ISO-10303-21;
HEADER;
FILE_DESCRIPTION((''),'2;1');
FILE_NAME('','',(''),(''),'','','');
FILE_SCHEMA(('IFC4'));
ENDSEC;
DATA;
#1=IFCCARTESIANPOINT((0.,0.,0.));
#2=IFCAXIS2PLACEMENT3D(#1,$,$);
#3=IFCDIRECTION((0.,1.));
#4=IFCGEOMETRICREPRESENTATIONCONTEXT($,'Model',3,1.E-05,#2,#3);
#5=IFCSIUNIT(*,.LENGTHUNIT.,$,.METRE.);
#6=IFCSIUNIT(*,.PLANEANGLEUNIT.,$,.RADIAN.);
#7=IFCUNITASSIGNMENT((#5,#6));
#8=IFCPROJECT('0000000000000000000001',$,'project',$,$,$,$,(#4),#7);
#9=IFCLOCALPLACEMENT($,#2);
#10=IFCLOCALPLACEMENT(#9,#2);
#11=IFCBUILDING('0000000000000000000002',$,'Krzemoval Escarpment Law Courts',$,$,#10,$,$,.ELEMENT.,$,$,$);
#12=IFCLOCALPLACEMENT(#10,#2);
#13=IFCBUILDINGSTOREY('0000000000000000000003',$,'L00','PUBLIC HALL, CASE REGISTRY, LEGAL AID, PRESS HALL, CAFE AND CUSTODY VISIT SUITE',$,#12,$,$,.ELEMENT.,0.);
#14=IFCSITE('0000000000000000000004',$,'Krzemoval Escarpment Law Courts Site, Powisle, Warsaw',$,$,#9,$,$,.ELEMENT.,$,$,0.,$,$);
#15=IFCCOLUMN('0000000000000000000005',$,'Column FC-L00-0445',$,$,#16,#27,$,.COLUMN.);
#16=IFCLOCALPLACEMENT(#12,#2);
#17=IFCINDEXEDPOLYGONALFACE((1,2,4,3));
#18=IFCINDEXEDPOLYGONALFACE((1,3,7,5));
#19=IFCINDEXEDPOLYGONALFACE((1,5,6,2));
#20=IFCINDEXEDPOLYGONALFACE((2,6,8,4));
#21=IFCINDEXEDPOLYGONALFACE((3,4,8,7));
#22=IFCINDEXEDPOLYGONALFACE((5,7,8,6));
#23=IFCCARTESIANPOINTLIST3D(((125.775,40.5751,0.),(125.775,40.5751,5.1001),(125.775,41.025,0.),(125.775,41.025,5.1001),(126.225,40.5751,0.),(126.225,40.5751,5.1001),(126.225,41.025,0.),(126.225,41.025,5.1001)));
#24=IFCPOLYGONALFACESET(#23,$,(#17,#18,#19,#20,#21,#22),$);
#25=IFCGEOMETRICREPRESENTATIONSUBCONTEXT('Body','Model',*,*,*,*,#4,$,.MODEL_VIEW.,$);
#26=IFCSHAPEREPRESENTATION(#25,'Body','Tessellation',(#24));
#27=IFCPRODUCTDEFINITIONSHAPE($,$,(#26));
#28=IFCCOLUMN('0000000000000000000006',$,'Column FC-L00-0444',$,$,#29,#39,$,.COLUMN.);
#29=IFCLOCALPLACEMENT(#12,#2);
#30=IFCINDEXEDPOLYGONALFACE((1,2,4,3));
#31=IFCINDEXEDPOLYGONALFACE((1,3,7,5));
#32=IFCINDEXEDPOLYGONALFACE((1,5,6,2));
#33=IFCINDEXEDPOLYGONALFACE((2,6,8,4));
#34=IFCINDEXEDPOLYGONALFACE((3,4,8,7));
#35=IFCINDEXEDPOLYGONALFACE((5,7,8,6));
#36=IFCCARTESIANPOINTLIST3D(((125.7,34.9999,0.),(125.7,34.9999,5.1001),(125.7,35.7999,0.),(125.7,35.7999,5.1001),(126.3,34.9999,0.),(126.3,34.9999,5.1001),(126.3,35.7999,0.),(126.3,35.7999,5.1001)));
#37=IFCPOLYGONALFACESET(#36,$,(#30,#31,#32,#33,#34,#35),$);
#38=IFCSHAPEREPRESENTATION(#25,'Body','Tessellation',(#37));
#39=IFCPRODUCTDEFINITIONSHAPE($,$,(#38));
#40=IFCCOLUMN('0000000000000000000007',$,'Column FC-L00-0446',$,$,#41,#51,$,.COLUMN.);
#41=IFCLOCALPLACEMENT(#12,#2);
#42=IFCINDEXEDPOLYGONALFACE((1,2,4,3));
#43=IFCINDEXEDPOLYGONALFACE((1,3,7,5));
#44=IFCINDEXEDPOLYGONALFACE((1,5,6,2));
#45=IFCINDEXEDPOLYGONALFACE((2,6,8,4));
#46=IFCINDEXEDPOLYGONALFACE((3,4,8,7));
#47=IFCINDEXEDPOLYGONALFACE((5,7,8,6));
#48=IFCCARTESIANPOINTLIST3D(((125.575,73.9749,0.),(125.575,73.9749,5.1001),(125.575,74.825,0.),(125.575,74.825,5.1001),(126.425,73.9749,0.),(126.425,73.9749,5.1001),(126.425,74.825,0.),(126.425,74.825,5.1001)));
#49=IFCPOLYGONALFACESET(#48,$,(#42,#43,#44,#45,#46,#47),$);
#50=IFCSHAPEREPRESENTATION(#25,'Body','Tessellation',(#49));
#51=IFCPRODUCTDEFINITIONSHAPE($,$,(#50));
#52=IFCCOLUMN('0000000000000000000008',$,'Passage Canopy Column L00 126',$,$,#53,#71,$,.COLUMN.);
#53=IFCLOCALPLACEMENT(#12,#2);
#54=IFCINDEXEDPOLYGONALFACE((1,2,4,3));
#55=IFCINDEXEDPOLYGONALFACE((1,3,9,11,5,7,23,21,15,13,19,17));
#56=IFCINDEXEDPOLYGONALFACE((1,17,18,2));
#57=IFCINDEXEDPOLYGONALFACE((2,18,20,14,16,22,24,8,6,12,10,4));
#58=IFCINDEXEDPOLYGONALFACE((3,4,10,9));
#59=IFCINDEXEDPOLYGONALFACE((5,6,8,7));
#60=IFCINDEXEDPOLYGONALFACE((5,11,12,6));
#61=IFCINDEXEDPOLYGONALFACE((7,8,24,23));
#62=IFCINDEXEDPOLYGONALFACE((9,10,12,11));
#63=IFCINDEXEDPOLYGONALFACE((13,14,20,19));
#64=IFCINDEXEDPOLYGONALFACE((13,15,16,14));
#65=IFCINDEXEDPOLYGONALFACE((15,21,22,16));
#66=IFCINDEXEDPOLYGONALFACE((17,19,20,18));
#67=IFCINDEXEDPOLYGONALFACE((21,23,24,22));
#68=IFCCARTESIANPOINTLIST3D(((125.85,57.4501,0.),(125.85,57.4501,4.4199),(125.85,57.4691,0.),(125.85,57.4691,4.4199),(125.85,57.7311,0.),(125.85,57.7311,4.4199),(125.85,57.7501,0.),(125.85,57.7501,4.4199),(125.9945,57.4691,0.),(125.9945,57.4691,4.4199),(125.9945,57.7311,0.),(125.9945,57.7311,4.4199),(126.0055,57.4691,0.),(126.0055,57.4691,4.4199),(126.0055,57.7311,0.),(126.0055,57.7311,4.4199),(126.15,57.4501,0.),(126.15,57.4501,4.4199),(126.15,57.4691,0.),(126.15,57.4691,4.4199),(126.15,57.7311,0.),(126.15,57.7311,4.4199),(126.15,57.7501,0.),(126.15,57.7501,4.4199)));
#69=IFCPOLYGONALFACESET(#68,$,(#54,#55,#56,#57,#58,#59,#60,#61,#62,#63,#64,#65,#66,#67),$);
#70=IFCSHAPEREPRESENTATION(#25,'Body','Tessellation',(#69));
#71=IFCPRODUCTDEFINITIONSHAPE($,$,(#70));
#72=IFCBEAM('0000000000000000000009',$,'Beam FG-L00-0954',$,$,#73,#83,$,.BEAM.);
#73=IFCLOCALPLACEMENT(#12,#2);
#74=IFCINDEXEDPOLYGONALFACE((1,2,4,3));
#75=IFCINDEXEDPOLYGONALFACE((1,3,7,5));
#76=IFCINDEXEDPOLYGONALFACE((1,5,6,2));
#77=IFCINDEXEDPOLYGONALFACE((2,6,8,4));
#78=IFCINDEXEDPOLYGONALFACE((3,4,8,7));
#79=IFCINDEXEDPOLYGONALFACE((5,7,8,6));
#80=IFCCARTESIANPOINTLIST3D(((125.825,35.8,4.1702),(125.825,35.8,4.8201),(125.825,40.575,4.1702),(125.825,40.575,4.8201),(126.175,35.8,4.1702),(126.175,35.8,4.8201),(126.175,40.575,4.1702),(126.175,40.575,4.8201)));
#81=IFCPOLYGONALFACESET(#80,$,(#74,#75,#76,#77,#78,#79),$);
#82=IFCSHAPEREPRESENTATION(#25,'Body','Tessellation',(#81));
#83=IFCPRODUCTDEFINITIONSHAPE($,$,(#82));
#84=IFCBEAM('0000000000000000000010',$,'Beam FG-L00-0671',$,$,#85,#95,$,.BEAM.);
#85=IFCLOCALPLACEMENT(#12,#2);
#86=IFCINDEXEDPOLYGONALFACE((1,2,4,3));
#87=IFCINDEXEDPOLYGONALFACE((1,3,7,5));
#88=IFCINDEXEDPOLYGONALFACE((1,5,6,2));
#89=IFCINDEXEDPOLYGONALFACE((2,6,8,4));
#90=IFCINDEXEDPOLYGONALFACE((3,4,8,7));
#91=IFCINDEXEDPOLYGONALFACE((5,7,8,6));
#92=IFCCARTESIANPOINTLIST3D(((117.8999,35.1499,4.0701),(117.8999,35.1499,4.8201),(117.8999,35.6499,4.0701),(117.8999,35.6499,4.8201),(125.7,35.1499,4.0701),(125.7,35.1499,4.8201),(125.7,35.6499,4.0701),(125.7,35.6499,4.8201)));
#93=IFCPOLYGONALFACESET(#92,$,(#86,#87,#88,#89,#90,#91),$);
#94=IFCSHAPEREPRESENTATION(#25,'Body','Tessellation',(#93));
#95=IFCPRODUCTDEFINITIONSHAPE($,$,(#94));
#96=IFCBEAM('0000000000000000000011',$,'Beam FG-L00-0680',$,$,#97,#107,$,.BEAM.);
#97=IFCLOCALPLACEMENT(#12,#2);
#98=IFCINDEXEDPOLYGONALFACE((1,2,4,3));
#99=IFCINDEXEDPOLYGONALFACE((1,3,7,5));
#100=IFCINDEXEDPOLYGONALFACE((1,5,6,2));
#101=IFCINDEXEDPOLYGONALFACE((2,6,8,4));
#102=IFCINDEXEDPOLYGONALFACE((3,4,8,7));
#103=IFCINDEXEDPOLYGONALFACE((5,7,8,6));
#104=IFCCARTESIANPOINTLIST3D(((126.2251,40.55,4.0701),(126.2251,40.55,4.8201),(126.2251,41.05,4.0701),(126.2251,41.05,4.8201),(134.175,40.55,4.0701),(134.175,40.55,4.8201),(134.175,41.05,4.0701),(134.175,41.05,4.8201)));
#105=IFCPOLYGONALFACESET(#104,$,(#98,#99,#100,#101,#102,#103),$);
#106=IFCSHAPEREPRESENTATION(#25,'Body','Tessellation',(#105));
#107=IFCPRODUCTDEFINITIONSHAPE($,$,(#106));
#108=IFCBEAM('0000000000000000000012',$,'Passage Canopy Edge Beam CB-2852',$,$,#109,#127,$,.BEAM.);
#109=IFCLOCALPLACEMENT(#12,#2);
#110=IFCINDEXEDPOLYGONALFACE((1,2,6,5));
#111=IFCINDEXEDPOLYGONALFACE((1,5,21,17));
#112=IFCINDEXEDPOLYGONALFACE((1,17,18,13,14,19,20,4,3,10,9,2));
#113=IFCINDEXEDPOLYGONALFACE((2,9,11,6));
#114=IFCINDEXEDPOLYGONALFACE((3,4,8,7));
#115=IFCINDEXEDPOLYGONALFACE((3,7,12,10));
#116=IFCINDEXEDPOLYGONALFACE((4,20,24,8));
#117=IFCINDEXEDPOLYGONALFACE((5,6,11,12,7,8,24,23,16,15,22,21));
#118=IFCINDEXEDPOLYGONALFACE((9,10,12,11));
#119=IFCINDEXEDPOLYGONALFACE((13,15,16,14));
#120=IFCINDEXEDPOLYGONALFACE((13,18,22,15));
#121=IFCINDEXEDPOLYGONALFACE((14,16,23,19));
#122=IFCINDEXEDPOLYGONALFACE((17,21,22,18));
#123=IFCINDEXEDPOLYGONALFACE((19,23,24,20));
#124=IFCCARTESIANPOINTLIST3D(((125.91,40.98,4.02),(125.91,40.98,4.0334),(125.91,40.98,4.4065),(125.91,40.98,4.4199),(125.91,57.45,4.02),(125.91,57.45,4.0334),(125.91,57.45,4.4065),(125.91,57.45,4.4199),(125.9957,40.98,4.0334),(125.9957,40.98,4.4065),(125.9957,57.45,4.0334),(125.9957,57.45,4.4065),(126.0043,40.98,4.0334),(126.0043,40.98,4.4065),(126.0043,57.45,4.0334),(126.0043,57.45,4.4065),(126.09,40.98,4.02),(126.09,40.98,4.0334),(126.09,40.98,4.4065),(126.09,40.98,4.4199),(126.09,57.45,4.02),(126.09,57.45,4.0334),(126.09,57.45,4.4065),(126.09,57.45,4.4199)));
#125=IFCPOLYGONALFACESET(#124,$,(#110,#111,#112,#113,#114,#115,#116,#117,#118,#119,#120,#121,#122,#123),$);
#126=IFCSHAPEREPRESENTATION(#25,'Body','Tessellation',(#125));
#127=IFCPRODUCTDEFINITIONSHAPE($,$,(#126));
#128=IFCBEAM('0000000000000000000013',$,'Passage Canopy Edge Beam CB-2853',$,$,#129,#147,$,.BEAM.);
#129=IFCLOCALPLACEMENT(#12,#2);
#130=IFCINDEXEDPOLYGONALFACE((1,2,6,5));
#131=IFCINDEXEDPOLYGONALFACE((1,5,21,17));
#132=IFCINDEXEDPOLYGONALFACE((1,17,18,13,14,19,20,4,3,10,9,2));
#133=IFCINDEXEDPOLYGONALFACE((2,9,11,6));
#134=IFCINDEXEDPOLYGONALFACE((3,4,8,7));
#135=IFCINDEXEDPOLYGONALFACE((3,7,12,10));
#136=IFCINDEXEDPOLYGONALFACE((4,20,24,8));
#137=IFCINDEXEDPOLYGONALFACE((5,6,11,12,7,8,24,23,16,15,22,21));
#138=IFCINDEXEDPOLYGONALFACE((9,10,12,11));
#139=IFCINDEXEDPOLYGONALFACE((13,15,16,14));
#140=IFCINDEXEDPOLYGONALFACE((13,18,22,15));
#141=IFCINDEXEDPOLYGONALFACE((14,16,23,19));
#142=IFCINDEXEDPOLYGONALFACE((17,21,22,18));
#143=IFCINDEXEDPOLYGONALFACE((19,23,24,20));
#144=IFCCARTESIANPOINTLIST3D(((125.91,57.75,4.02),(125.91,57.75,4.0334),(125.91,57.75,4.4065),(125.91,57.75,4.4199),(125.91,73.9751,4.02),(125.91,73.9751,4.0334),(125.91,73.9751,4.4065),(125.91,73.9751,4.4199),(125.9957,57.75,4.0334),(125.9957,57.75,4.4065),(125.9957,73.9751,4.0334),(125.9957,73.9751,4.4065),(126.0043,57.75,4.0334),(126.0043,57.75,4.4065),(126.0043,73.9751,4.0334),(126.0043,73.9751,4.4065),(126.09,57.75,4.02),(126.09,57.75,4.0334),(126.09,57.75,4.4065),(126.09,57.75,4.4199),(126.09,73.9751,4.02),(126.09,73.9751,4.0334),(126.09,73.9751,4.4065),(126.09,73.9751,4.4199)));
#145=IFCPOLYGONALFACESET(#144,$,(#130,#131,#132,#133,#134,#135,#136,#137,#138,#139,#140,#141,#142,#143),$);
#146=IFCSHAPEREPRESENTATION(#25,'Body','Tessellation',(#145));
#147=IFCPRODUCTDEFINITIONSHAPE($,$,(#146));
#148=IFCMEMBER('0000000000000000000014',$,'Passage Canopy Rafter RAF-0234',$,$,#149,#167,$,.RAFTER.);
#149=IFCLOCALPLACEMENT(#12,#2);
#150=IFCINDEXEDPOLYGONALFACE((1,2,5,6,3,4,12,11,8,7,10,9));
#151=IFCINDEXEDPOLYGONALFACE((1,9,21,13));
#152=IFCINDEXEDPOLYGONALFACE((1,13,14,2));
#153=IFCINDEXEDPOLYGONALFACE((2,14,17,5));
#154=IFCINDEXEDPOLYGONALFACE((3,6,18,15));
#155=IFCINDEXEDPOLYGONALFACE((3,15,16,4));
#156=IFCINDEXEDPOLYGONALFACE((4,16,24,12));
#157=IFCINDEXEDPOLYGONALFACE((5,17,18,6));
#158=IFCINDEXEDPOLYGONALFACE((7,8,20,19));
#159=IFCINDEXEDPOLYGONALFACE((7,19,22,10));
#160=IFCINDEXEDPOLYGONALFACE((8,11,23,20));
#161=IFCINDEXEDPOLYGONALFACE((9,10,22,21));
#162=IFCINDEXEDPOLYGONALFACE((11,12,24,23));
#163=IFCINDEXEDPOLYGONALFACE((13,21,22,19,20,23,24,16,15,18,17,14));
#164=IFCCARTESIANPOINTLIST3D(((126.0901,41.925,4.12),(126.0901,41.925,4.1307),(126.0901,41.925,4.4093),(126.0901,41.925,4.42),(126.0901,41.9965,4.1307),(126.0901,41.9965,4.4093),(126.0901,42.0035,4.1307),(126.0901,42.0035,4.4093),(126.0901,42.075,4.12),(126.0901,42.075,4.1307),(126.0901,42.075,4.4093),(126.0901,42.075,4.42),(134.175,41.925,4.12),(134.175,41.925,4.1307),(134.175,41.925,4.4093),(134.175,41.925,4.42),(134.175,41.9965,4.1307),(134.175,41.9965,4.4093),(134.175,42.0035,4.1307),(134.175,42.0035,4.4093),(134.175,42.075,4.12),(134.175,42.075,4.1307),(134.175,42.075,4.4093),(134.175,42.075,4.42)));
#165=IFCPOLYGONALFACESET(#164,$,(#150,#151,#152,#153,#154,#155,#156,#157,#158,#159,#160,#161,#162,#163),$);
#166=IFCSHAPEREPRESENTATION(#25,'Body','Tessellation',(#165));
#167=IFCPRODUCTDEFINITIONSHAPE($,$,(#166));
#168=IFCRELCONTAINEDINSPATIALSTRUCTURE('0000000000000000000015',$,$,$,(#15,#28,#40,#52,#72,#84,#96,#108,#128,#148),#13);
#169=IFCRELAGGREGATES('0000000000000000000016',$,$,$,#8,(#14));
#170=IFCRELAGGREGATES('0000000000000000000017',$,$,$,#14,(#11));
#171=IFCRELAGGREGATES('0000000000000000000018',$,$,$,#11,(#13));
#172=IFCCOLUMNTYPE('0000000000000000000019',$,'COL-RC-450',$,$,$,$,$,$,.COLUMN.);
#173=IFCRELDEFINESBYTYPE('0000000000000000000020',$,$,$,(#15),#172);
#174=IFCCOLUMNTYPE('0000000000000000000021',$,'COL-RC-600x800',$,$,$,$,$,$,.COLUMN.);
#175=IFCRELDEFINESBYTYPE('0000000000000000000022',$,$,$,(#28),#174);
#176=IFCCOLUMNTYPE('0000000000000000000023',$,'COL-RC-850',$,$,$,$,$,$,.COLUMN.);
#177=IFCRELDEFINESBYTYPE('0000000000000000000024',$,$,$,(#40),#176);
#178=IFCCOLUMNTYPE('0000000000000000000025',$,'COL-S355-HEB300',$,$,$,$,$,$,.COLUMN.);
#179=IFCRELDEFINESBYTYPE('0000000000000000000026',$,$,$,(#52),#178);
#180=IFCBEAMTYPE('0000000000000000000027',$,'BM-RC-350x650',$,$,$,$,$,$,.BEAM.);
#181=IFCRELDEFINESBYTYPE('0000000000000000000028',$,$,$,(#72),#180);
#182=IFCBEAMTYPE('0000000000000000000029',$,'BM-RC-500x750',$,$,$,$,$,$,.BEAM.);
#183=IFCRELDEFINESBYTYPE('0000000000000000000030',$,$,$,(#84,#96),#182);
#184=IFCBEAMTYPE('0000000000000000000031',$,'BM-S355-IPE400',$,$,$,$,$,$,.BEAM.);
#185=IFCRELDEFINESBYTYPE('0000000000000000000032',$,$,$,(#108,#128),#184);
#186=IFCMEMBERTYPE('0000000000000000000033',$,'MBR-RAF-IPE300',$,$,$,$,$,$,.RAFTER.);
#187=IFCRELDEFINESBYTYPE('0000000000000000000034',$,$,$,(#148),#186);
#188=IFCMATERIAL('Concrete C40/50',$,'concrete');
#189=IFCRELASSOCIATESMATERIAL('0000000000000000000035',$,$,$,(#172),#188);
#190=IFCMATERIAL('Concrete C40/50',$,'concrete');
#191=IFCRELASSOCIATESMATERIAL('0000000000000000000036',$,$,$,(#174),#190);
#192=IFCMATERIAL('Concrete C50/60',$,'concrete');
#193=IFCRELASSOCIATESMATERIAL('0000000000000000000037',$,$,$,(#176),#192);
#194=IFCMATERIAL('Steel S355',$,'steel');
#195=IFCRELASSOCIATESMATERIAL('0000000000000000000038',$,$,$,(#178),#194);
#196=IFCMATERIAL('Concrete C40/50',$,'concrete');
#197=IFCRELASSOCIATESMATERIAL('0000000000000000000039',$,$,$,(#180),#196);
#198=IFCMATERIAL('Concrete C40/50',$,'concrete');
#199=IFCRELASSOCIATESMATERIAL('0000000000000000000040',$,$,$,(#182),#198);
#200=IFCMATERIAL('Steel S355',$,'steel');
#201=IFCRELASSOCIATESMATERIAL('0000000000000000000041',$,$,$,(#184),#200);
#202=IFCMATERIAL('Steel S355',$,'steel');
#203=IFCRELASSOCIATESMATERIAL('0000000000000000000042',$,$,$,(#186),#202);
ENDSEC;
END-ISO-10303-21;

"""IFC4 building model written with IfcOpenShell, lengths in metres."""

from ifc_helpers import new_model, si_unit, direction, frame, origin, origin_2d, place, context, subcontext, project, spatial, rectangle, i_section, extrude, material, material_profile, profile_set, type_object, element, save


model = new_model("IFC4")

# Units and contexts
model_context = context("Model", 3, precision=1e-05, world=origin(), true_north=direction((0.0, 1.0)))
body_context = subcontext(model_context, "Body", "Model", "MODEL_VIEW")
ifc_project = project(units=[si_unit("LENGTHUNIT", "METRE"), si_unit("PLANEANGLEUNIT", "RADIAN")], contexts=[model_context])

# Site, building, storey
site_placement = place(None, origin())
site = spatial("IfcSite", under=ifc_project, at=site_placement, Name="Krzemoval Escarpment Law Courts Site, Powisle, Warsaw", CompositionType="ELEMENT", RefElevation=0.0)
building_placement = place(site_placement, origin())
building = spatial("IfcBuilding", under=site, at=building_placement, Name="Krzemoval Escarpment Law Courts", CompositionType="ELEMENT")
storey_placement = place(building_placement, origin())
storey = spatial("IfcBuildingStorey", under=building, at=storey_placement, Name="L00", Description="PUBLIC HALL, CASE REGISTRY, LEGAL AID, PRESS HALL, CAFE AND CUSTODY VISIT SUITE", CompositionType="ELEMENT", Elevation=0.0)

# Columns
ifc_material_1 = material(Name="Concrete C40/50", Category="concrete")
ifc_material_profile_1 = material_profile(ifc_material_1, rectangle(XDim=0.45, YDim=0.45, at=origin_2d()), Name="RC 450x450")
ifc_profile_set_1 = profile_set([ifc_material_profile_1], Name="Concrete C40/50")
column_type_1 = type_object("IfcColumnType", Name="COL-RC-450", PredefinedType="COLUMN", material=ifc_profile_set_1)
column_1_placement = place(storey_placement, frame((126.0, 40.8, 0.0), z_axis=(0.0, 0.0, 1.0), x_axis=(1.0, 0.0, 0.0)))
element("IfcColumn", 1, at=column_1_placement, inside=storey, type_object=column_type_1, Name="Column FC-L00-0445", PredefinedType="COLUMN", context=body_context, shape_type="SweptSolid", body=[
    extrude(rectangle(XDim=0.45, YDim=0.45, at=origin_2d()), origin(), (0.0, 0.0, 1.0), 5.1001),
])
ifc_material_2 = material(Name="Concrete C40/50", Category="concrete")
ifc_material_profile_2 = material_profile(ifc_material_2, rectangle(XDim=0.6001, YDim=0.8, at=origin_2d()), Name="RC 600x800")
ifc_profile_set_2 = profile_set([ifc_material_profile_2], Name="Concrete C40/50")
column_type_2 = type_object("IfcColumnType", Name="COL-RC-600x800", PredefinedType="COLUMN", material=ifc_profile_set_2)
column_2_placement = place(storey_placement, frame((126.0, 35.3999, 0.0), z_axis=(0.0, 0.0, 1.0), x_axis=(1.0, 0.0, 0.0)))
element("IfcColumn", 2, at=column_2_placement, inside=storey, type_object=column_type_2, Name="Column FC-L00-0444", PredefinedType="COLUMN", context=body_context, shape_type="SweptSolid", body=[
    extrude(rectangle(XDim=0.6001, YDim=0.8, at=origin_2d()), origin(), (0.0, 0.0, 1.0), 5.1001),
])
ifc_material_3 = material(Name="Concrete C50/60", Category="concrete")
ifc_material_profile_3 = material_profile(ifc_material_3, rectangle(XDim=0.8501, YDim=0.8501, at=origin_2d()), Name="RC 850x850")
ifc_profile_set_3 = profile_set([ifc_material_profile_3], Name="Concrete C50/60")
column_type_3 = type_object("IfcColumnType", Name="COL-RC-850", PredefinedType="COLUMN", material=ifc_profile_set_3)
column_3_placement = place(storey_placement, frame((126.0, 74.3999, 0.0), z_axis=(0.0, 0.0, 1.0), x_axis=(1.0, 0.0, 0.0)))
element("IfcColumn", 3, at=column_3_placement, inside=storey, type_object=column_type_3, Name="Column FC-L00-0446", PredefinedType="COLUMN", context=body_context, shape_type="SweptSolid", body=[
    extrude(rectangle(XDim=0.8501, YDim=0.8501, at=origin_2d()), origin(), (0.0, 0.0, 1.0), 5.1001),
])
ifc_material_4 = material(Name="Steel S355", Category="steel")
ifc_material_profile_4 = material_profile(ifc_material_4, i_section(OverallWidth=0.3, OverallDepth=0.3, WebThickness=0.011, FlangeThickness=0.019, at=origin_2d()), Name="HEB 300")
ifc_profile_set_4 = profile_set([ifc_material_profile_4], Name="Steel S355")
column_type_4 = type_object("IfcColumnType", Name="COL-S355-HEB300", PredefinedType="COLUMN", material=ifc_profile_set_4)
column_4_placement = place(storey_placement, frame((126.0, 57.6001, 0.0), z_axis=(0.0, 0.0, 1.0), x_axis=(1.0, 0.0, 0.0)))
element("IfcColumn", 4, at=column_4_placement, inside=storey, type_object=column_type_4, Name="Passage Canopy Column L00 126", PredefinedType="COLUMN", context=body_context, shape_type="SweptSolid", body=[
    extrude(i_section(OverallWidth=0.3, OverallDepth=0.3, WebThickness=0.011, FlangeThickness=0.019, at=origin_2d()), origin(), (0.0, 0.0, 1.0), 4.4199),
])

# Beams
ifc_material_5 = material(Name="Concrete C40/50", Category="concrete")
ifc_material_profile_5 = material_profile(ifc_material_5, rectangle(XDim=0.3501, YDim=0.6499, at=origin_2d()), Name="RCB 350x650")
ifc_profile_set_5 = profile_set([ifc_material_profile_5], Name="Concrete C40/50")
beam_type_1 = type_object("IfcBeamType", Name="BM-RC-350x650", PredefinedType="BEAM", material=ifc_profile_set_5)
beam_1_placement = place(storey_placement, frame((126.0, 35.8, 4.4951), z_axis=(0.0, 1.0, 0.0), x_axis=(-1.0, 0.0, 0.0)))
element("IfcBeam", 5, at=beam_1_placement, inside=storey, type_object=beam_type_1, Name="Beam FG-L00-0954", PredefinedType="BEAM", context=body_context, shape_type="SweptSolid", body=[
    extrude(rectangle(XDim=0.3501, YDim=0.6499, at=origin_2d()), origin(), (0.0, 0.0, 1.0), 4.7749),
])
ifc_material_6 = material(Name="Concrete C40/50", Category="concrete")
ifc_material_profile_6 = material_profile(ifc_material_6, rectangle(XDim=0.5, YDim=0.75, at=origin_2d()), Name="RCB 500x750")
ifc_profile_set_6 = profile_set([ifc_material_profile_6], Name="Concrete C40/50")
beam_type_2 = type_object("IfcBeamType", Name="BM-RC-500x750", PredefinedType="BEAM", material=ifc_profile_set_6)
beam_2_placement = place(storey_placement, frame((117.8999, 35.3999, 4.4451), z_axis=(1.0, 0.0, 0.0), x_axis=(0.0, 1.0, 0.0)))
element("IfcBeam", 6, at=beam_2_placement, inside=storey, type_object=beam_type_2, Name="Beam FG-L00-0671", PredefinedType="BEAM", context=body_context, shape_type="SweptSolid", body=[
    extrude(rectangle(XDim=0.5, YDim=0.75, at=origin_2d()), origin(), (0.0, 0.0, 1.0), 7.8),
])
beam_3_placement = place(storey_placement, frame((126.2251, 40.8, 4.4451), z_axis=(1.0, 0.0, 0.0), x_axis=(0.0, 1.0, 0.0)))
element("IfcBeam", 7, at=beam_3_placement, inside=storey, type_object=beam_type_2, Name="Beam FG-L00-0680", PredefinedType="BEAM", context=body_context, shape_type="SweptSolid", body=[
    extrude(rectangle(XDim=0.5, YDim=0.75, at=origin_2d()), origin(), (0.0, 0.0, 1.0), 7.95),
])
ifc_material_7 = material(Name="Steel S355", Category="steel")
ifc_material_profile_7 = material_profile(ifc_material_7, i_section(OverallWidth=0.1799, OverallDepth=0.3999, WebThickness=0.0085, FlangeThickness=0.0134, at=origin_2d()), Name="IPE 400")
ifc_profile_set_7 = profile_set([ifc_material_profile_7], Name="Steel S355")
beam_type_3 = type_object("IfcBeamType", Name="BM-S355-IPE400", PredefinedType="BEAM", material=ifc_profile_set_7)
beam_4_placement = place(storey_placement, frame((126.0, 40.98, 4.22), z_axis=(0.0, 1.0, 0.0), x_axis=(-1.0, 0.0, 0.0)))
element("IfcBeam", 8, at=beam_4_placement, inside=storey, type_object=beam_type_3, Name="Passage Canopy Edge Beam CB-2852", PredefinedType="BEAM", context=body_context, shape_type="SweptSolid", body=[
    extrude(i_section(OverallWidth=0.1799, OverallDepth=0.3999, WebThickness=0.0085, FlangeThickness=0.0134, at=origin_2d()), origin(), (0.0, 0.0, 1.0), 16.47),
])
beam_5_placement = place(storey_placement, frame((126.0, 57.75, 4.22), z_axis=(0.0, 1.0, 0.0), x_axis=(-1.0, 0.0, 0.0)))
element("IfcBeam", 9, at=beam_5_placement, inside=storey, type_object=beam_type_3, Name="Passage Canopy Edge Beam CB-2853", PredefinedType="BEAM", context=body_context, shape_type="SweptSolid", body=[
    extrude(i_section(OverallWidth=0.1799, OverallDepth=0.3999, WebThickness=0.0085, FlangeThickness=0.0134, at=origin_2d()), origin(), (0.0, 0.0, 1.0), 16.2251),
])

# Member
ifc_material_8 = material(Name="Steel S355", Category="steel")
ifc_material_profile_8 = material_profile(ifc_material_8, i_section(OverallWidth=0.1499, OverallDepth=0.3, WebThickness=0.0071, FlangeThickness=0.0107, at=origin_2d()), Name="IPE 300")
ifc_profile_set_8 = profile_set([ifc_material_profile_8], Name="Steel S355")
member_type = type_object("IfcMemberType", Name="MBR-RAF-IPE300", PredefinedType="RAFTER", material=ifc_profile_set_8)
for number, where, z_axis, x_axis, name in (
    (10, (126.0901, 42.0, 4.27), (1.0, 0.0, 0.0), (0.0, 1.0, 0.0), "Passage Canopy Rafter RAF-0234"),
):
    element("IfcMember", number, at=place(storey_placement, frame(where, z_axis=z_axis, x_axis=x_axis)), inside=storey, type_object=member_type, Name=name, PredefinedType="RAFTER", context=body_context, shape_type="SweptSolid", body=[
        extrude(i_section(OverallWidth=0.1499, OverallDepth=0.3, WebThickness=0.0071, FlangeThickness=0.0107, at=origin_2d()), origin(), (0.0, 0.0, 1.0), 8.085),
    ])

save(model, "model.ifc")
